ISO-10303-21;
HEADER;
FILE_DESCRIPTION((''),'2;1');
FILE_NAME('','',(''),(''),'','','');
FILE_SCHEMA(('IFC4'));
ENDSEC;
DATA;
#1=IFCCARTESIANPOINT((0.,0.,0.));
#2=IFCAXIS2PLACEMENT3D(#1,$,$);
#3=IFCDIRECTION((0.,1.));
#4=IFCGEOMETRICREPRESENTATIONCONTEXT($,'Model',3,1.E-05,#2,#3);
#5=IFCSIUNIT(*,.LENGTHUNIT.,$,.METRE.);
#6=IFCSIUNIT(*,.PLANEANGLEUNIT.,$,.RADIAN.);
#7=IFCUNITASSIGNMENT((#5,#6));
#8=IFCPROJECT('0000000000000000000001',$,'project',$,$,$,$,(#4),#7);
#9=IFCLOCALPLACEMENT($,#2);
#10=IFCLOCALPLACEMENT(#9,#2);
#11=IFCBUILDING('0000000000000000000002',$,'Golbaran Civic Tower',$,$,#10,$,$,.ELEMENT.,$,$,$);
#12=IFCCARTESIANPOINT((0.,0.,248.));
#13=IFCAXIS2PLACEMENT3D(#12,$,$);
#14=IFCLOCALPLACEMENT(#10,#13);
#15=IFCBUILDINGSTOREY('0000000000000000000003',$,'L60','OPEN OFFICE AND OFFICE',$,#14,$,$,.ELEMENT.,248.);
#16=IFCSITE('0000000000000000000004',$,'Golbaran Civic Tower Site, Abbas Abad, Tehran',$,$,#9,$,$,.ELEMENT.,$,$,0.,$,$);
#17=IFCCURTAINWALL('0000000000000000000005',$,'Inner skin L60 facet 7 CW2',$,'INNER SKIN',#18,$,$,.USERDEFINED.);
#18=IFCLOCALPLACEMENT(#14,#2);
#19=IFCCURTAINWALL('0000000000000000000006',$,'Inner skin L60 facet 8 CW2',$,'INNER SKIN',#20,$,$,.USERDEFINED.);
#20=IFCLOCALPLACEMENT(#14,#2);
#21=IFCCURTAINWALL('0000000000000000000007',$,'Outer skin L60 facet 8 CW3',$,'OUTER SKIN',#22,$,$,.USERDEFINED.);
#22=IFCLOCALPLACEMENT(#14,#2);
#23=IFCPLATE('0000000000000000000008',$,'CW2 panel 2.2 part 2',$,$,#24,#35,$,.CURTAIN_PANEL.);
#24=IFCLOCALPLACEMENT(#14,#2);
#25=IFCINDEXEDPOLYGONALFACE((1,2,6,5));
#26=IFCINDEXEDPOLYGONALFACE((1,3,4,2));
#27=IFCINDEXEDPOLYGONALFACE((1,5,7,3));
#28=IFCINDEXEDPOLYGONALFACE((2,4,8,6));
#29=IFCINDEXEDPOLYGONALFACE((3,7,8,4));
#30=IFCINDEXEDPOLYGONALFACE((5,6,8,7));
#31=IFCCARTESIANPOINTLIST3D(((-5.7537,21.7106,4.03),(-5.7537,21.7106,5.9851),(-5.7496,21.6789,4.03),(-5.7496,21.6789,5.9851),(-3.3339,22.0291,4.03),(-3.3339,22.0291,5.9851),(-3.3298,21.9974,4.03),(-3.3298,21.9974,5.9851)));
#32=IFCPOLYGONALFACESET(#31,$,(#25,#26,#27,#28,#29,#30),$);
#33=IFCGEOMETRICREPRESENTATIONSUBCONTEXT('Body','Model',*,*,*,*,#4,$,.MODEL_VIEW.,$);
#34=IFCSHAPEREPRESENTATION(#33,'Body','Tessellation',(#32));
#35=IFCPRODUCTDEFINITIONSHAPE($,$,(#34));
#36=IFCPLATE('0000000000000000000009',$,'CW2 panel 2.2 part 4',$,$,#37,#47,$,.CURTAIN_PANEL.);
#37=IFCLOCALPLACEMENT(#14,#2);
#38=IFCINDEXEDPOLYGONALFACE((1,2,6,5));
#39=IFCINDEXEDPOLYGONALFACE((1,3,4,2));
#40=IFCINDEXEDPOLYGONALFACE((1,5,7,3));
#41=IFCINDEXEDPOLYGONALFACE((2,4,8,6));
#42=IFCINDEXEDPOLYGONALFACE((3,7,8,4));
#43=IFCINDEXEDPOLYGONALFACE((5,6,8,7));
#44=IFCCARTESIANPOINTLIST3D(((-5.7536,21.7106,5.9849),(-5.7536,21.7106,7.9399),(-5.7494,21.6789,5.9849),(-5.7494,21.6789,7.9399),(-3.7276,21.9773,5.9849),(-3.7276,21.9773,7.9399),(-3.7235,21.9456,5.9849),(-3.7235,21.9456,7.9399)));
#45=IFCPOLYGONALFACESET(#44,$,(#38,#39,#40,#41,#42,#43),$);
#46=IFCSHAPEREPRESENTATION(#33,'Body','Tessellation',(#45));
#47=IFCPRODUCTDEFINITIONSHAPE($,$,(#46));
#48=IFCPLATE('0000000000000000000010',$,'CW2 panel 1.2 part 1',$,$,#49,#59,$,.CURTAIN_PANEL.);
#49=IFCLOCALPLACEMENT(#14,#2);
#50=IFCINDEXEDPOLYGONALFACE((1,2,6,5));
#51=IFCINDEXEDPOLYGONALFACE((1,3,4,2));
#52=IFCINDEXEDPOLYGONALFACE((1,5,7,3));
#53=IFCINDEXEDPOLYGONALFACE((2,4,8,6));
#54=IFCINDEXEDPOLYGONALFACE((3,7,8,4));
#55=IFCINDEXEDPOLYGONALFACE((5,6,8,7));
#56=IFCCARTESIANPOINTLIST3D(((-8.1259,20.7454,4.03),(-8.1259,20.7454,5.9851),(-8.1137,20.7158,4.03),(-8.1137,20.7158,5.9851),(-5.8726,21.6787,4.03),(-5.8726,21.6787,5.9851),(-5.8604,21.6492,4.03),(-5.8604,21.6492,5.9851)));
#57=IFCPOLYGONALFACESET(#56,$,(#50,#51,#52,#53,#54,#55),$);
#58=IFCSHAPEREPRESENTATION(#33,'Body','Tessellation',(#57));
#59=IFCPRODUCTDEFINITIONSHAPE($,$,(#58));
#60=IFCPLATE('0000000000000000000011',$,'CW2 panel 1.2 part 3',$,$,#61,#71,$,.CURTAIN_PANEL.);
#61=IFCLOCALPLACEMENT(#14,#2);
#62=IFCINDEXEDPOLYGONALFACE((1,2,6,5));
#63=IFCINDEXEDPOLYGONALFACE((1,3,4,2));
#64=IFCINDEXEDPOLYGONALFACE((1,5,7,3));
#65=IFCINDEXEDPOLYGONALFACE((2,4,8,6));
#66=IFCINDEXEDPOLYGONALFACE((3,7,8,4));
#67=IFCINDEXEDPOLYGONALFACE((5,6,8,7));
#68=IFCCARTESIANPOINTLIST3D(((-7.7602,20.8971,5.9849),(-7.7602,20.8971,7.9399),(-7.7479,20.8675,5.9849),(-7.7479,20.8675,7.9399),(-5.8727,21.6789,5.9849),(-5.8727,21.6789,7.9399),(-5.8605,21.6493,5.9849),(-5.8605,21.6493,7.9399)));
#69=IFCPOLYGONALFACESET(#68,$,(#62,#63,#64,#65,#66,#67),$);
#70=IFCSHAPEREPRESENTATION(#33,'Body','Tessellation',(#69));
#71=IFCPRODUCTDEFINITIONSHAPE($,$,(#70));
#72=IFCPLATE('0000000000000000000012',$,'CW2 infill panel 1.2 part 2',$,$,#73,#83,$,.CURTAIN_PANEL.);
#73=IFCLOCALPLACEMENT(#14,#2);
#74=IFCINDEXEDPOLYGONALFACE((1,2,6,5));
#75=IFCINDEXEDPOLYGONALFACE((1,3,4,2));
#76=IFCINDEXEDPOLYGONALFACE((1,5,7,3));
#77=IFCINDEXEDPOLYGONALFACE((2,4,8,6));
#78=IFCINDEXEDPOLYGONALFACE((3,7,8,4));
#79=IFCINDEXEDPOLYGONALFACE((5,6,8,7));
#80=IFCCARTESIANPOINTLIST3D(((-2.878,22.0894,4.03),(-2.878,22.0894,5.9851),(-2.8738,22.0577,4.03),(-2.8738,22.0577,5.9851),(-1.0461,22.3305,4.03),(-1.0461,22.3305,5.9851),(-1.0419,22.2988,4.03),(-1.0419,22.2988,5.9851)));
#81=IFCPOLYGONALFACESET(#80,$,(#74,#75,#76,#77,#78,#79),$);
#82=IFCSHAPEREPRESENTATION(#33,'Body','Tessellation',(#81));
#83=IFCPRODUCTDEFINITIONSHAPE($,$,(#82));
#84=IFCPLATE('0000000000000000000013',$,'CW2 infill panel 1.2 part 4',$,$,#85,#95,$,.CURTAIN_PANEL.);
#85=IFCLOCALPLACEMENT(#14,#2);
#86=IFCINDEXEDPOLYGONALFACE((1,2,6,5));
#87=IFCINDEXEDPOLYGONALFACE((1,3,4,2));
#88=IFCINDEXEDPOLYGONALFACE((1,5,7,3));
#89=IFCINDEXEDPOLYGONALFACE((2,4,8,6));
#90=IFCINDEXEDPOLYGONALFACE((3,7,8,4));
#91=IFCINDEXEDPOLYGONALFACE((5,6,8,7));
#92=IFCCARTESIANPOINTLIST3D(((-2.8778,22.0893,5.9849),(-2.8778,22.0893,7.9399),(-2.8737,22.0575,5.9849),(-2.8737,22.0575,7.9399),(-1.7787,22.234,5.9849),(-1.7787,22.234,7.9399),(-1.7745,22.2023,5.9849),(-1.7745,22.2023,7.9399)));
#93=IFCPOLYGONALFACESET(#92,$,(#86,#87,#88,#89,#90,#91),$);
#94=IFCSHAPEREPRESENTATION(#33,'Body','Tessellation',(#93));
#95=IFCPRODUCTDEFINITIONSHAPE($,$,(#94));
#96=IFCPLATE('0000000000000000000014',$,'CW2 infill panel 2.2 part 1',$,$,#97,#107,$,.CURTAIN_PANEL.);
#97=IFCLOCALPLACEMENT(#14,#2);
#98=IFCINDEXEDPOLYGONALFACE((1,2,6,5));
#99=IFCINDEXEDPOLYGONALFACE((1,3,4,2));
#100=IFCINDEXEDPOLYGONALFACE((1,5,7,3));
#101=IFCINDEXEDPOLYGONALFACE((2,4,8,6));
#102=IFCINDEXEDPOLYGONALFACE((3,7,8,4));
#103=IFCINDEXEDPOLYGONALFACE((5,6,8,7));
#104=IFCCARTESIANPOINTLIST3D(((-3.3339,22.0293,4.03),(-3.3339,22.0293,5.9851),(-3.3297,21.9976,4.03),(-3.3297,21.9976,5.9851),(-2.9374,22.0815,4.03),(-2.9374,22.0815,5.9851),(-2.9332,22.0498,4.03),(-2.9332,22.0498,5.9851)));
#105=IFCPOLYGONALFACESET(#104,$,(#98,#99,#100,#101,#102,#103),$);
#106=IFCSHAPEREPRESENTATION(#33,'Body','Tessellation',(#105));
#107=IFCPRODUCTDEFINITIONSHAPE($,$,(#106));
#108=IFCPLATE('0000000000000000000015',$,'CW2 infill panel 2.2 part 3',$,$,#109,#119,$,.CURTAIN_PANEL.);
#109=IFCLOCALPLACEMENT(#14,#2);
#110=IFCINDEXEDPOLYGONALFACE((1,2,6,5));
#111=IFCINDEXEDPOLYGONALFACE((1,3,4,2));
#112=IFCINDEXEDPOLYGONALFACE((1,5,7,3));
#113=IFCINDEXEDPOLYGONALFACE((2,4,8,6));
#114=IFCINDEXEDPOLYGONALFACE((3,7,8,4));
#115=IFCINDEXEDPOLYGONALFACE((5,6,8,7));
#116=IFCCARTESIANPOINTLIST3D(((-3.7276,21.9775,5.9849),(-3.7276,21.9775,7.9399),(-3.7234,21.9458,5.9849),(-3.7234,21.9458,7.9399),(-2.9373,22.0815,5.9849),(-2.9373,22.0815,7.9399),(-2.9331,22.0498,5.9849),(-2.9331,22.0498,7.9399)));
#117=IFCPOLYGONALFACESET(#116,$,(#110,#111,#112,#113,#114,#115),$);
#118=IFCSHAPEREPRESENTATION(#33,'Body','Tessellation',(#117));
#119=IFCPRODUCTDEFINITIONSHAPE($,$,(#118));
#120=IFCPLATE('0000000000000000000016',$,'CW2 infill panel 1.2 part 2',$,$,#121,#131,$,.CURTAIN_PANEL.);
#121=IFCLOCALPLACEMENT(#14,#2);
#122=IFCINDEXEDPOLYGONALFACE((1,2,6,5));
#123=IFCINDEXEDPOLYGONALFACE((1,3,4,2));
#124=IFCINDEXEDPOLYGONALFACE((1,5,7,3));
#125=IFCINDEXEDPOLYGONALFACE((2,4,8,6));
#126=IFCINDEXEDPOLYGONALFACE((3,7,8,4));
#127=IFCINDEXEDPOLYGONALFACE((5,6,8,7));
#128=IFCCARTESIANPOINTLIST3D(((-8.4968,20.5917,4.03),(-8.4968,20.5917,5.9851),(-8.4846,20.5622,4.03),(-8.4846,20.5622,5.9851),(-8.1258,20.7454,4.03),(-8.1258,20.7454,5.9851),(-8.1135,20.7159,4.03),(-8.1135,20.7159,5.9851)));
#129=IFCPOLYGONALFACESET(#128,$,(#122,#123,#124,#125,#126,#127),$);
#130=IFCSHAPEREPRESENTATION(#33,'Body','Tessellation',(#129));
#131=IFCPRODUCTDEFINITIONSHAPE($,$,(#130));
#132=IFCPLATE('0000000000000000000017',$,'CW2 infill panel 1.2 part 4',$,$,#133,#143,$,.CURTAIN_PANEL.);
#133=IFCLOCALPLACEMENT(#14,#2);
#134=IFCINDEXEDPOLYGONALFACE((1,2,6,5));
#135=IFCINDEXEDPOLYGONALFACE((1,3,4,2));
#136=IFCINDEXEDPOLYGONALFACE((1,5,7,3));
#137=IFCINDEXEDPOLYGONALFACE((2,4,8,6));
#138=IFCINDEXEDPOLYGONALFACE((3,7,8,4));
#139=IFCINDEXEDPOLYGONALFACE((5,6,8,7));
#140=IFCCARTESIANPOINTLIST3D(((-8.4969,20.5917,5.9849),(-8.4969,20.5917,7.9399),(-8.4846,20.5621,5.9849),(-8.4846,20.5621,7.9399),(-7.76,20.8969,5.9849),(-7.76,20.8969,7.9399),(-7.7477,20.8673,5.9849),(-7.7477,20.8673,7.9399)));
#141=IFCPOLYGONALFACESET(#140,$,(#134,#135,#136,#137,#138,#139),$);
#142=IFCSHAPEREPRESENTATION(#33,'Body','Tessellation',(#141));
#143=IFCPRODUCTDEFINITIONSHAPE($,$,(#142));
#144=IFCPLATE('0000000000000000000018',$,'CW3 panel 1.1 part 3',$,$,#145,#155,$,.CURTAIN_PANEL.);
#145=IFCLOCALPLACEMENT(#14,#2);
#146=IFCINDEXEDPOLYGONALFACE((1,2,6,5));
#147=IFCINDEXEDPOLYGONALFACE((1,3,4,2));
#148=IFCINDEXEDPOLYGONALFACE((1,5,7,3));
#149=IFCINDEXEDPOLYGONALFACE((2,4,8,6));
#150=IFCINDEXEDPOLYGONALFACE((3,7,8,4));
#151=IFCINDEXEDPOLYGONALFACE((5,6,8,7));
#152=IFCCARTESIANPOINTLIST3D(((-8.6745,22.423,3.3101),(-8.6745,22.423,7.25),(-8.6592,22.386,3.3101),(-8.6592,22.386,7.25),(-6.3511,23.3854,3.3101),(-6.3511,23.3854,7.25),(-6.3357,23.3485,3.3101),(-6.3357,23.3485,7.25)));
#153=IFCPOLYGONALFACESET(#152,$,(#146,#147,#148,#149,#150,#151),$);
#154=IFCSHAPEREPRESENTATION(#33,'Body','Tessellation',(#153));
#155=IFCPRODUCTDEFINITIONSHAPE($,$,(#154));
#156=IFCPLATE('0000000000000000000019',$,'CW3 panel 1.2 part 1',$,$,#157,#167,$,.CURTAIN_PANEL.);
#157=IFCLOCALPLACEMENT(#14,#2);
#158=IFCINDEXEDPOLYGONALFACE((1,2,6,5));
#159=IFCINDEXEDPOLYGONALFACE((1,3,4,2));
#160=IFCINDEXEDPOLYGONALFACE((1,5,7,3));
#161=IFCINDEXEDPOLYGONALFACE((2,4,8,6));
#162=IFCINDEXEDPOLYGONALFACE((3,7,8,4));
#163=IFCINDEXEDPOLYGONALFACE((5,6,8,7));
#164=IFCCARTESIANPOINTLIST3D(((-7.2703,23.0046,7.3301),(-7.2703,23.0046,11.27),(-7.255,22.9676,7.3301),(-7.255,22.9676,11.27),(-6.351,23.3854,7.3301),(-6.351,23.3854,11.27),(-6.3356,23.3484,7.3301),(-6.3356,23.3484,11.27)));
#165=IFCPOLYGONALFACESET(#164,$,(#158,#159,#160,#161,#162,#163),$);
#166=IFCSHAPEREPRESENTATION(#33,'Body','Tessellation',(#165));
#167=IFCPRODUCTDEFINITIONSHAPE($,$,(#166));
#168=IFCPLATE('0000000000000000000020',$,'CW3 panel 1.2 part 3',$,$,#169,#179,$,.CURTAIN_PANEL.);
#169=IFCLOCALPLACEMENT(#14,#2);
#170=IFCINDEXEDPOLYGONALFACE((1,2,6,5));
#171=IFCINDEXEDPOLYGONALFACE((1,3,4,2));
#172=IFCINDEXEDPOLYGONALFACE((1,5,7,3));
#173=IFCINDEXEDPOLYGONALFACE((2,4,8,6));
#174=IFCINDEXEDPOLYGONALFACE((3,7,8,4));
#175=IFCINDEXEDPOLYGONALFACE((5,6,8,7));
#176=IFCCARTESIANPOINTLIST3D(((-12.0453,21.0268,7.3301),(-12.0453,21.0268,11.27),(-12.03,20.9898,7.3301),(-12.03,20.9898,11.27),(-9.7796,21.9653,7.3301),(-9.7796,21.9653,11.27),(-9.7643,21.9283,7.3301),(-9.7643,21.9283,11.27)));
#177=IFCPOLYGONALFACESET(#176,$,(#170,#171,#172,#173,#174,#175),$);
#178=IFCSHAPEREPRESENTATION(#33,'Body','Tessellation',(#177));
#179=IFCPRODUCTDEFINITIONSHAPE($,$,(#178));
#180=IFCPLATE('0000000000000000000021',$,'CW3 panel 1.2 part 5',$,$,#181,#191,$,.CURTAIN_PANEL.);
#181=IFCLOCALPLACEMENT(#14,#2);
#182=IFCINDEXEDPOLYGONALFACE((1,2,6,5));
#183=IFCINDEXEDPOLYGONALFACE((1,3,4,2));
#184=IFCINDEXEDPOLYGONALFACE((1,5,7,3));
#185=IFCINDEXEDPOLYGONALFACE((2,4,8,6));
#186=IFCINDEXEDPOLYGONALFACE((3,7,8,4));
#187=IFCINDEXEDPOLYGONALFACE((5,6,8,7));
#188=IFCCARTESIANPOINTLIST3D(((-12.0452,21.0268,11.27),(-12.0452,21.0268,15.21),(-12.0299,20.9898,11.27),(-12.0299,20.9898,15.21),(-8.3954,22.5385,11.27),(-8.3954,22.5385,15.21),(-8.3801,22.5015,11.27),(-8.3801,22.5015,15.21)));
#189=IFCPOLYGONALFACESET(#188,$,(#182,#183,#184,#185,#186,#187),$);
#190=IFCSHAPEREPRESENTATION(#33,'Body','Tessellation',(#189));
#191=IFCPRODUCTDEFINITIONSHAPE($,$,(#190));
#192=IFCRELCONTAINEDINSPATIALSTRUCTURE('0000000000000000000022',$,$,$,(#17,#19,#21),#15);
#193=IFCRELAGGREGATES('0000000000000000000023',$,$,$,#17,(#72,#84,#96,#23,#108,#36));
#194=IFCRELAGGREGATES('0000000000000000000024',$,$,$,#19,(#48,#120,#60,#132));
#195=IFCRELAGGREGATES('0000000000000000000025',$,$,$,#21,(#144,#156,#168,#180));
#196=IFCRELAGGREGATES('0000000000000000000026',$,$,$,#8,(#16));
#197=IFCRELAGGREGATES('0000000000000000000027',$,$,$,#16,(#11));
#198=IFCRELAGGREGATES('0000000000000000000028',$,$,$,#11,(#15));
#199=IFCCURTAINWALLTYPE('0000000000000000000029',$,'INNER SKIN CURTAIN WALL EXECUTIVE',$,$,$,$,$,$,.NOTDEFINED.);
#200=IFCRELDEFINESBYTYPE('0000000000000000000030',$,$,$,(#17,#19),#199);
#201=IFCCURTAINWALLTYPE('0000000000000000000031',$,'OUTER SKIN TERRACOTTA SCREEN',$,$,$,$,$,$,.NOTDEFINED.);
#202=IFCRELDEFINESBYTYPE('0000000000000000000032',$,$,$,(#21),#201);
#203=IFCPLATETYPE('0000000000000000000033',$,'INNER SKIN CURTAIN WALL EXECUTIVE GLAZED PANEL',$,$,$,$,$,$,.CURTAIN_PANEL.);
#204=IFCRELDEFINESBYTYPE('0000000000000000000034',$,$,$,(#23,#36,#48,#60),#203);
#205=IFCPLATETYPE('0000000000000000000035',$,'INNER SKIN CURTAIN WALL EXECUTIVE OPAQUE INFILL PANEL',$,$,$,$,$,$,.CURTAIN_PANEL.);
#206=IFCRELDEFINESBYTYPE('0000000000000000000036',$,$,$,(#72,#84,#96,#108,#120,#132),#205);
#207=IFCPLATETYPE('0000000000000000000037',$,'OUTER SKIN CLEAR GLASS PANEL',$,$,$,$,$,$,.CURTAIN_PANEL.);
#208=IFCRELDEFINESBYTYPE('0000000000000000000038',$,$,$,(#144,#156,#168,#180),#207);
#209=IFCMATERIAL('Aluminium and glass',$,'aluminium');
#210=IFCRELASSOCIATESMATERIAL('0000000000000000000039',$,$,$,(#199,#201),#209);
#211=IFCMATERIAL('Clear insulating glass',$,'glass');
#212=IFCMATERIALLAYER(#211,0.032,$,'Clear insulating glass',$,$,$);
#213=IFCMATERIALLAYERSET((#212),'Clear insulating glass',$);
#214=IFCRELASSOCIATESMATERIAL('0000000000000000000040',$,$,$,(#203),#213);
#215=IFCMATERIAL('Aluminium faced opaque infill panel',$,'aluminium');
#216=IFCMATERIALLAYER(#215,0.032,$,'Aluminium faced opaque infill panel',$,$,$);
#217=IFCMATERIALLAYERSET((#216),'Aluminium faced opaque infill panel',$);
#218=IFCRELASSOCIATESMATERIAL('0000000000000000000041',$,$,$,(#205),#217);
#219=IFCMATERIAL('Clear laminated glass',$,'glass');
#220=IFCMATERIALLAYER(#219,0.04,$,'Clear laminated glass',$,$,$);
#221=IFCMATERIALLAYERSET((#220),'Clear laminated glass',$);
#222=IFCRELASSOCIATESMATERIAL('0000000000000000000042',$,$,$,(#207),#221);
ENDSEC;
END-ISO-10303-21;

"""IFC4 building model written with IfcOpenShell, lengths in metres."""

from ifc_helpers import new_model, si_unit, direction, frame, origin, origin_2d, place, context, subcontext, project, spatial, rectangle, extrude, material, layer, layer_set, type_object, element, aggregate, save


model = new_model("IFC4")

# Units and contexts
model_context = context("Model", 3, precision=1e-05, world=origin(), true_north=direction((0.0, 1.0)))
body_context = subcontext(model_context, "Body", "Model", "MODEL_VIEW")
ifc_project = project(units=[si_unit("LENGTHUNIT", "METRE"), si_unit("PLANEANGLEUNIT", "RADIAN")], contexts=[model_context])

# Site, building, storey
site_placement = place(None, origin())
site = spatial("IfcSite", under=ifc_project, at=site_placement, Name="Golbaran Civic Tower Site, Abbas Abad, Tehran", CompositionType="ELEMENT", RefElevation=0.0)
building_placement = place(site_placement, origin())
building = spatial("IfcBuilding", under=site, at=building_placement, Name="Golbaran Civic Tower", CompositionType="ELEMENT")
storey_placement = place(building_placement, frame((0.0, 0.0, 248.0)))
storey = spatial("IfcBuildingStorey", under=building, at=storey_placement, Name="L60", Description="OPEN OFFICE AND OFFICE", CompositionType="ELEMENT", Elevation=248.0)

# Curtain walls
ifc_material_1 = material(Name="Aluminium and glass", Category="aluminium")
curtain_wall_type_1 = type_object("IfcCurtainWallType", Name="INNER SKIN CURTAIN WALL EXECUTIVE", PredefinedType="NOTDEFINED", material=ifc_material_1)
curtain_wall_1_placement = place(storey_placement, origin())
curtain_wall_1 = element("IfcCurtainWall", 1, at=curtain_wall_1_placement, inside=storey, type_object=curtain_wall_type_1, Name="Inner skin L60 facet 7 CW2", ObjectType="INNER SKIN", PredefinedType="USERDEFINED")
curtain_wall_2_placement = place(storey_placement, origin())
curtain_wall_2 = element("IfcCurtainWall", 2, at=curtain_wall_2_placement, inside=storey, type_object=curtain_wall_type_1, Name="Inner skin L60 facet 8 CW2", ObjectType="INNER SKIN", PredefinedType="USERDEFINED")
curtain_wall_type_2 = type_object("IfcCurtainWallType", Name="OUTER SKIN TERRACOTTA SCREEN", PredefinedType="NOTDEFINED", material=ifc_material_1)
curtain_wall_3_placement = place(storey_placement, origin())
curtain_wall_3 = element("IfcCurtainWall", 3, at=curtain_wall_3_placement, inside=storey, type_object=curtain_wall_type_2, Name="Outer skin L60 facet 8 CW3", ObjectType="OUTER SKIN", PredefinedType="USERDEFINED")

# Plates
ifc_material_2 = material(Name="Clear insulating glass", Category="glass")
ifc_layer_1 = layer(ifc_material_2, 0.032, Name="Clear insulating glass")
ifc_layer_set_1 = layer_set([ifc_layer_1], Name="Clear insulating glass")
plate_type_1 = type_object("IfcPlateType", Name="INNER SKIN CURTAIN WALL EXECUTIVE GLAZED PANEL", PredefinedType="CURTAIN_PANEL", material=ifc_layer_set_1)
plate_1_placement = place(storey_placement, frame((-4.5417, 21.854, 4.03), z_axis=(0.0, 0.0, 1.0), x_axis=(-0.991445, -0.130526, 0.0)))
plate_1 = element("IfcPlate", 4, at=plate_1_placement, type_object=plate_type_1, Name="CW2 panel 2.2 part 2", PredefinedType="CURTAIN_PANEL", context=body_context, shape_type="SweptSolid", body=[
    extrude(rectangle(XDim=2.4407, YDim=0.032, at=origin_2d()), origin(), (0.0, 0.0, 1.0), 1.9551),
])
plate_2_placement = place(storey_placement, frame((-4.7385, 21.8281, 5.9849), z_axis=(0.0, 0.0, 1.0), x_axis=(-0.991445, -0.130526, 0.0)))
plate_2 = element("IfcPlate", 5, at=plate_2_placement, type_object=plate_type_1, Name="CW2 panel 2.2 part 4", PredefinedType="CURTAIN_PANEL", context=body_context, shape_type="SweptSolid", body=[
    extrude(rectangle(XDim=2.0435, YDim=0.032, at=origin_2d()), origin(), (0.0, 0.0, 1.0), 1.9551),
])
plate_3_placement = place(storey_placement, frame((-6.9932, 21.1973, 4.03), z_axis=(0.0, 0.0, 1.0), x_axis=(-0.92388, -0.382683, 0.0)))
plate_3 = element("IfcPlate", 6, at=plate_3_placement, type_object=plate_type_1, Name="CW2 panel 1.2 part 1", PredefinedType="CURTAIN_PANEL", context=body_context, shape_type="SweptSolid", body=[
    extrude(rectangle(XDim=2.439, YDim=0.032, at=origin_2d()), origin(), (0.0, 0.0, 1.0), 1.9551),
])
plate_4_placement = place(storey_placement, frame((-6.8103, 21.2732, 5.9849), z_axis=(0.0, 0.0, 1.0), x_axis=(-0.92388, -0.382683, 0.0)))
plate_4 = element("IfcPlate", 7, at=plate_4_placement, type_object=plate_type_1, Name="CW2 panel 1.2 part 3", PredefinedType="CURTAIN_PANEL", context=body_context, shape_type="SweptSolid", body=[
    extrude(rectangle(XDim=2.043, YDim=0.032, at=origin_2d()), origin(), (0.0, 0.0, 1.0), 1.9551),
])
ifc_material_3 = material(Name="Aluminium faced opaque infill panel", Category="aluminium")
ifc_layer_2 = layer(ifc_material_3, 0.032, Name="Aluminium faced opaque infill panel")
ifc_layer_set_2 = layer_set([ifc_layer_2], Name="Aluminium faced opaque infill panel")
plate_type_2 = type_object("IfcPlateType", Name="INNER SKIN CURTAIN WALL EXECUTIVE OPAQUE INFILL PANEL", PredefinedType="CURTAIN_PANEL", material=ifc_layer_set_2)
plate_5_placement = place(storey_placement, frame((-1.96, 22.1941, 4.03), z_axis=(0.0, 0.0, 1.0), x_axis=(-0.991445, -0.130526, 0.0)))
plate_5 = element("IfcPlate", 8, at=plate_5_placement, type_object=plate_type_2, Name="CW2 infill panel 1.2 part 2", PredefinedType="CURTAIN_PANEL", context=body_context, shape_type="SweptSolid", body=[
    extrude(rectangle(XDim=1.8477, YDim=0.032, at=origin_2d()), origin(), (0.0, 0.0, 1.0), 1.9551),
])
plate_6_placement = place(storey_placement, frame((-2.3262, 22.1458, 5.9849), z_axis=(0.0, 0.0, 1.0), x_axis=(-0.991445, -0.130526, 0.0)))
plate_6 = element("IfcPlate", 9, at=plate_6_placement, type_object=plate_type_2, Name="CW2 infill panel 1.2 part 4", PredefinedType="CURTAIN_PANEL", context=body_context, shape_type="SweptSolid", body=[
    extrude(rectangle(XDim=1.1086, YDim=0.032, at=origin_2d()), origin(), (0.0, 0.0, 1.0), 1.9551),
])
plate_7_placement = place(storey_placement, frame((-3.1335, 22.0396, 4.03), z_axis=(0.0, 0.0, 1.0), x_axis=(-0.991445, -0.130526, 0.0)))
plate_7 = element("IfcPlate", 10, at=plate_7_placement, type_object=plate_type_2, Name="CW2 infill panel 2.2 part 1", PredefinedType="CURTAIN_PANEL", context=body_context, shape_type="SweptSolid", body=[
    extrude(rectangle(XDim=0.3999, YDim=0.032, at=origin_2d()), origin(), (0.0, 0.0, 1.0), 1.9551),
])
plate_8_placement = place(storey_placement, frame((-3.3303, 22.0137, 5.9849), z_axis=(0.0, 0.0, 1.0), x_axis=(-0.991445, -0.130526, 0.0)))
plate_8 = element("IfcPlate", 11, at=plate_8_placement, type_object=plate_type_2, Name="CW2 infill panel 2.2 part 3", PredefinedType="CURTAIN_PANEL", context=body_context, shape_type="SweptSolid", body=[
    extrude(rectangle(XDim=0.7971, YDim=0.032, at=origin_2d()), origin(), (0.0, 0.0, 1.0), 1.9551),
])
aggregate(curtain_wall_1, [plate_5, plate_6, plate_7, plate_1, plate_8, plate_2])
plate_9_placement = place(storey_placement, frame((-8.3052, 20.6538, 4.03), z_axis=(0.0, 0.0, 1.0), x_axis=(-0.92388, -0.382683, 0.0)))
plate_9 = element("IfcPlate", 12, at=plate_9_placement, type_object=plate_type_2, Name="CW2 infill panel 1.2 part 2", PredefinedType="CURTAIN_PANEL", context=body_context, shape_type="SweptSolid", body=[
    extrude(rectangle(XDim=0.4016, YDim=0.032, at=origin_2d()), origin(), (0.0, 0.0, 1.0), 1.9551),
])
plate_10_placement = place(storey_placement, frame((-8.1223, 20.7295, 5.9849), z_axis=(0.0, 0.0, 1.0), x_axis=(-0.92388, -0.382683, 0.0)))
plate_10 = element("IfcPlate", 13, at=plate_10_placement, type_object=plate_type_2, Name="CW2 infill panel 1.2 part 4", PredefinedType="CURTAIN_PANEL", context=body_context, shape_type="SweptSolid", body=[
    extrude(rectangle(XDim=0.7976, YDim=0.032, at=origin_2d()), origin(), (0.0, 0.0, 1.0), 1.9551),
])
aggregate(curtain_wall_2, [plate_3, plate_9, plate_4, plate_10])
ifc_material_4 = material(Name="Clear laminated glass", Category="glass")
ifc_layer_3 = layer(ifc_material_4, 0.04, Name="Clear laminated glass")
ifc_layer_set_3 = layer_set([ifc_layer_3], Name="Clear laminated glass")
plate_type_3 = type_object("IfcPlateType", Name="OUTER SKIN CLEAR GLASS PANEL", PredefinedType="CURTAIN_PANEL", material=ifc_layer_set_3)
plate_11_placement = place(storey_placement, frame((-7.5051, 22.8857, 3.3101), z_axis=(0.0, 0.0, 1.0), x_axis=(-0.92388, -0.382683, 0.0)))
plate_11 = element("IfcPlate", 14, at=plate_11_placement, type_object=plate_type_3, Name="CW3 panel 1.1 part 3", PredefinedType="CURTAIN_PANEL", context=body_context, shape_type="SweptSolid", body=[
    extrude(rectangle(XDim=2.5149, YDim=0.04, at=origin_2d()), origin(), (0.0, 0.0, 1.0), 3.9399),
])
plate_12_placement = place(storey_placement, frame((-6.803, 23.1765, 7.3301), z_axis=(0.0, 0.0, 1.0), x_axis=(-0.92388, -0.382683, 0.0)))
plate_12 = element("IfcPlate", 15, at=plate_12_placement, type_object=plate_type_3, Name="CW3 panel 1.2 part 1", PredefinedType="CURTAIN_PANEL", context=body_context, shape_type="SweptSolid", body=[
    extrude(rectangle(XDim=0.9951, YDim=0.04, at=origin_2d()), origin(), (0.0, 0.0, 1.0), 3.9399),
])
plate_13_placement = place(storey_placement, frame((-10.9048, 21.4775, 7.3301), z_axis=(0.0, 0.0, 1.0), x_axis=(-0.92388, -0.382683, 0.0)))
plate_13 = element("IfcPlate", 16, at=plate_13_placement, type_object=plate_type_3, Name="CW3 panel 1.2 part 3", PredefinedType="CURTAIN_PANEL", context=body_context, shape_type="SweptSolid", body=[
    extrude(rectangle(XDim=2.4524, YDim=0.04, at=origin_2d()), origin(), (0.0, 0.0, 1.0), 3.9399),
])
plate_14_placement = place(storey_placement, frame((-10.2126, 21.7642, 11.27), z_axis=(0.0, 0.0, 1.0), x_axis=(-0.92388, -0.382683, 0.0)))
plate_14 = element("IfcPlate", 17, at=plate_14_placement, type_object=plate_type_3, Name="CW3 panel 1.2 part 5", PredefinedType="CURTAIN_PANEL", context=body_context, shape_type="SweptSolid", body=[
    extrude(rectangle(XDim=3.9504, YDim=0.04, at=origin_2d()), origin(), (0.0, 0.0, 1.0), 3.9399),
])
aggregate(curtain_wall_3, [plate_11, plate_12, plate_13, plate_14])

save(model, "model.ifc")
